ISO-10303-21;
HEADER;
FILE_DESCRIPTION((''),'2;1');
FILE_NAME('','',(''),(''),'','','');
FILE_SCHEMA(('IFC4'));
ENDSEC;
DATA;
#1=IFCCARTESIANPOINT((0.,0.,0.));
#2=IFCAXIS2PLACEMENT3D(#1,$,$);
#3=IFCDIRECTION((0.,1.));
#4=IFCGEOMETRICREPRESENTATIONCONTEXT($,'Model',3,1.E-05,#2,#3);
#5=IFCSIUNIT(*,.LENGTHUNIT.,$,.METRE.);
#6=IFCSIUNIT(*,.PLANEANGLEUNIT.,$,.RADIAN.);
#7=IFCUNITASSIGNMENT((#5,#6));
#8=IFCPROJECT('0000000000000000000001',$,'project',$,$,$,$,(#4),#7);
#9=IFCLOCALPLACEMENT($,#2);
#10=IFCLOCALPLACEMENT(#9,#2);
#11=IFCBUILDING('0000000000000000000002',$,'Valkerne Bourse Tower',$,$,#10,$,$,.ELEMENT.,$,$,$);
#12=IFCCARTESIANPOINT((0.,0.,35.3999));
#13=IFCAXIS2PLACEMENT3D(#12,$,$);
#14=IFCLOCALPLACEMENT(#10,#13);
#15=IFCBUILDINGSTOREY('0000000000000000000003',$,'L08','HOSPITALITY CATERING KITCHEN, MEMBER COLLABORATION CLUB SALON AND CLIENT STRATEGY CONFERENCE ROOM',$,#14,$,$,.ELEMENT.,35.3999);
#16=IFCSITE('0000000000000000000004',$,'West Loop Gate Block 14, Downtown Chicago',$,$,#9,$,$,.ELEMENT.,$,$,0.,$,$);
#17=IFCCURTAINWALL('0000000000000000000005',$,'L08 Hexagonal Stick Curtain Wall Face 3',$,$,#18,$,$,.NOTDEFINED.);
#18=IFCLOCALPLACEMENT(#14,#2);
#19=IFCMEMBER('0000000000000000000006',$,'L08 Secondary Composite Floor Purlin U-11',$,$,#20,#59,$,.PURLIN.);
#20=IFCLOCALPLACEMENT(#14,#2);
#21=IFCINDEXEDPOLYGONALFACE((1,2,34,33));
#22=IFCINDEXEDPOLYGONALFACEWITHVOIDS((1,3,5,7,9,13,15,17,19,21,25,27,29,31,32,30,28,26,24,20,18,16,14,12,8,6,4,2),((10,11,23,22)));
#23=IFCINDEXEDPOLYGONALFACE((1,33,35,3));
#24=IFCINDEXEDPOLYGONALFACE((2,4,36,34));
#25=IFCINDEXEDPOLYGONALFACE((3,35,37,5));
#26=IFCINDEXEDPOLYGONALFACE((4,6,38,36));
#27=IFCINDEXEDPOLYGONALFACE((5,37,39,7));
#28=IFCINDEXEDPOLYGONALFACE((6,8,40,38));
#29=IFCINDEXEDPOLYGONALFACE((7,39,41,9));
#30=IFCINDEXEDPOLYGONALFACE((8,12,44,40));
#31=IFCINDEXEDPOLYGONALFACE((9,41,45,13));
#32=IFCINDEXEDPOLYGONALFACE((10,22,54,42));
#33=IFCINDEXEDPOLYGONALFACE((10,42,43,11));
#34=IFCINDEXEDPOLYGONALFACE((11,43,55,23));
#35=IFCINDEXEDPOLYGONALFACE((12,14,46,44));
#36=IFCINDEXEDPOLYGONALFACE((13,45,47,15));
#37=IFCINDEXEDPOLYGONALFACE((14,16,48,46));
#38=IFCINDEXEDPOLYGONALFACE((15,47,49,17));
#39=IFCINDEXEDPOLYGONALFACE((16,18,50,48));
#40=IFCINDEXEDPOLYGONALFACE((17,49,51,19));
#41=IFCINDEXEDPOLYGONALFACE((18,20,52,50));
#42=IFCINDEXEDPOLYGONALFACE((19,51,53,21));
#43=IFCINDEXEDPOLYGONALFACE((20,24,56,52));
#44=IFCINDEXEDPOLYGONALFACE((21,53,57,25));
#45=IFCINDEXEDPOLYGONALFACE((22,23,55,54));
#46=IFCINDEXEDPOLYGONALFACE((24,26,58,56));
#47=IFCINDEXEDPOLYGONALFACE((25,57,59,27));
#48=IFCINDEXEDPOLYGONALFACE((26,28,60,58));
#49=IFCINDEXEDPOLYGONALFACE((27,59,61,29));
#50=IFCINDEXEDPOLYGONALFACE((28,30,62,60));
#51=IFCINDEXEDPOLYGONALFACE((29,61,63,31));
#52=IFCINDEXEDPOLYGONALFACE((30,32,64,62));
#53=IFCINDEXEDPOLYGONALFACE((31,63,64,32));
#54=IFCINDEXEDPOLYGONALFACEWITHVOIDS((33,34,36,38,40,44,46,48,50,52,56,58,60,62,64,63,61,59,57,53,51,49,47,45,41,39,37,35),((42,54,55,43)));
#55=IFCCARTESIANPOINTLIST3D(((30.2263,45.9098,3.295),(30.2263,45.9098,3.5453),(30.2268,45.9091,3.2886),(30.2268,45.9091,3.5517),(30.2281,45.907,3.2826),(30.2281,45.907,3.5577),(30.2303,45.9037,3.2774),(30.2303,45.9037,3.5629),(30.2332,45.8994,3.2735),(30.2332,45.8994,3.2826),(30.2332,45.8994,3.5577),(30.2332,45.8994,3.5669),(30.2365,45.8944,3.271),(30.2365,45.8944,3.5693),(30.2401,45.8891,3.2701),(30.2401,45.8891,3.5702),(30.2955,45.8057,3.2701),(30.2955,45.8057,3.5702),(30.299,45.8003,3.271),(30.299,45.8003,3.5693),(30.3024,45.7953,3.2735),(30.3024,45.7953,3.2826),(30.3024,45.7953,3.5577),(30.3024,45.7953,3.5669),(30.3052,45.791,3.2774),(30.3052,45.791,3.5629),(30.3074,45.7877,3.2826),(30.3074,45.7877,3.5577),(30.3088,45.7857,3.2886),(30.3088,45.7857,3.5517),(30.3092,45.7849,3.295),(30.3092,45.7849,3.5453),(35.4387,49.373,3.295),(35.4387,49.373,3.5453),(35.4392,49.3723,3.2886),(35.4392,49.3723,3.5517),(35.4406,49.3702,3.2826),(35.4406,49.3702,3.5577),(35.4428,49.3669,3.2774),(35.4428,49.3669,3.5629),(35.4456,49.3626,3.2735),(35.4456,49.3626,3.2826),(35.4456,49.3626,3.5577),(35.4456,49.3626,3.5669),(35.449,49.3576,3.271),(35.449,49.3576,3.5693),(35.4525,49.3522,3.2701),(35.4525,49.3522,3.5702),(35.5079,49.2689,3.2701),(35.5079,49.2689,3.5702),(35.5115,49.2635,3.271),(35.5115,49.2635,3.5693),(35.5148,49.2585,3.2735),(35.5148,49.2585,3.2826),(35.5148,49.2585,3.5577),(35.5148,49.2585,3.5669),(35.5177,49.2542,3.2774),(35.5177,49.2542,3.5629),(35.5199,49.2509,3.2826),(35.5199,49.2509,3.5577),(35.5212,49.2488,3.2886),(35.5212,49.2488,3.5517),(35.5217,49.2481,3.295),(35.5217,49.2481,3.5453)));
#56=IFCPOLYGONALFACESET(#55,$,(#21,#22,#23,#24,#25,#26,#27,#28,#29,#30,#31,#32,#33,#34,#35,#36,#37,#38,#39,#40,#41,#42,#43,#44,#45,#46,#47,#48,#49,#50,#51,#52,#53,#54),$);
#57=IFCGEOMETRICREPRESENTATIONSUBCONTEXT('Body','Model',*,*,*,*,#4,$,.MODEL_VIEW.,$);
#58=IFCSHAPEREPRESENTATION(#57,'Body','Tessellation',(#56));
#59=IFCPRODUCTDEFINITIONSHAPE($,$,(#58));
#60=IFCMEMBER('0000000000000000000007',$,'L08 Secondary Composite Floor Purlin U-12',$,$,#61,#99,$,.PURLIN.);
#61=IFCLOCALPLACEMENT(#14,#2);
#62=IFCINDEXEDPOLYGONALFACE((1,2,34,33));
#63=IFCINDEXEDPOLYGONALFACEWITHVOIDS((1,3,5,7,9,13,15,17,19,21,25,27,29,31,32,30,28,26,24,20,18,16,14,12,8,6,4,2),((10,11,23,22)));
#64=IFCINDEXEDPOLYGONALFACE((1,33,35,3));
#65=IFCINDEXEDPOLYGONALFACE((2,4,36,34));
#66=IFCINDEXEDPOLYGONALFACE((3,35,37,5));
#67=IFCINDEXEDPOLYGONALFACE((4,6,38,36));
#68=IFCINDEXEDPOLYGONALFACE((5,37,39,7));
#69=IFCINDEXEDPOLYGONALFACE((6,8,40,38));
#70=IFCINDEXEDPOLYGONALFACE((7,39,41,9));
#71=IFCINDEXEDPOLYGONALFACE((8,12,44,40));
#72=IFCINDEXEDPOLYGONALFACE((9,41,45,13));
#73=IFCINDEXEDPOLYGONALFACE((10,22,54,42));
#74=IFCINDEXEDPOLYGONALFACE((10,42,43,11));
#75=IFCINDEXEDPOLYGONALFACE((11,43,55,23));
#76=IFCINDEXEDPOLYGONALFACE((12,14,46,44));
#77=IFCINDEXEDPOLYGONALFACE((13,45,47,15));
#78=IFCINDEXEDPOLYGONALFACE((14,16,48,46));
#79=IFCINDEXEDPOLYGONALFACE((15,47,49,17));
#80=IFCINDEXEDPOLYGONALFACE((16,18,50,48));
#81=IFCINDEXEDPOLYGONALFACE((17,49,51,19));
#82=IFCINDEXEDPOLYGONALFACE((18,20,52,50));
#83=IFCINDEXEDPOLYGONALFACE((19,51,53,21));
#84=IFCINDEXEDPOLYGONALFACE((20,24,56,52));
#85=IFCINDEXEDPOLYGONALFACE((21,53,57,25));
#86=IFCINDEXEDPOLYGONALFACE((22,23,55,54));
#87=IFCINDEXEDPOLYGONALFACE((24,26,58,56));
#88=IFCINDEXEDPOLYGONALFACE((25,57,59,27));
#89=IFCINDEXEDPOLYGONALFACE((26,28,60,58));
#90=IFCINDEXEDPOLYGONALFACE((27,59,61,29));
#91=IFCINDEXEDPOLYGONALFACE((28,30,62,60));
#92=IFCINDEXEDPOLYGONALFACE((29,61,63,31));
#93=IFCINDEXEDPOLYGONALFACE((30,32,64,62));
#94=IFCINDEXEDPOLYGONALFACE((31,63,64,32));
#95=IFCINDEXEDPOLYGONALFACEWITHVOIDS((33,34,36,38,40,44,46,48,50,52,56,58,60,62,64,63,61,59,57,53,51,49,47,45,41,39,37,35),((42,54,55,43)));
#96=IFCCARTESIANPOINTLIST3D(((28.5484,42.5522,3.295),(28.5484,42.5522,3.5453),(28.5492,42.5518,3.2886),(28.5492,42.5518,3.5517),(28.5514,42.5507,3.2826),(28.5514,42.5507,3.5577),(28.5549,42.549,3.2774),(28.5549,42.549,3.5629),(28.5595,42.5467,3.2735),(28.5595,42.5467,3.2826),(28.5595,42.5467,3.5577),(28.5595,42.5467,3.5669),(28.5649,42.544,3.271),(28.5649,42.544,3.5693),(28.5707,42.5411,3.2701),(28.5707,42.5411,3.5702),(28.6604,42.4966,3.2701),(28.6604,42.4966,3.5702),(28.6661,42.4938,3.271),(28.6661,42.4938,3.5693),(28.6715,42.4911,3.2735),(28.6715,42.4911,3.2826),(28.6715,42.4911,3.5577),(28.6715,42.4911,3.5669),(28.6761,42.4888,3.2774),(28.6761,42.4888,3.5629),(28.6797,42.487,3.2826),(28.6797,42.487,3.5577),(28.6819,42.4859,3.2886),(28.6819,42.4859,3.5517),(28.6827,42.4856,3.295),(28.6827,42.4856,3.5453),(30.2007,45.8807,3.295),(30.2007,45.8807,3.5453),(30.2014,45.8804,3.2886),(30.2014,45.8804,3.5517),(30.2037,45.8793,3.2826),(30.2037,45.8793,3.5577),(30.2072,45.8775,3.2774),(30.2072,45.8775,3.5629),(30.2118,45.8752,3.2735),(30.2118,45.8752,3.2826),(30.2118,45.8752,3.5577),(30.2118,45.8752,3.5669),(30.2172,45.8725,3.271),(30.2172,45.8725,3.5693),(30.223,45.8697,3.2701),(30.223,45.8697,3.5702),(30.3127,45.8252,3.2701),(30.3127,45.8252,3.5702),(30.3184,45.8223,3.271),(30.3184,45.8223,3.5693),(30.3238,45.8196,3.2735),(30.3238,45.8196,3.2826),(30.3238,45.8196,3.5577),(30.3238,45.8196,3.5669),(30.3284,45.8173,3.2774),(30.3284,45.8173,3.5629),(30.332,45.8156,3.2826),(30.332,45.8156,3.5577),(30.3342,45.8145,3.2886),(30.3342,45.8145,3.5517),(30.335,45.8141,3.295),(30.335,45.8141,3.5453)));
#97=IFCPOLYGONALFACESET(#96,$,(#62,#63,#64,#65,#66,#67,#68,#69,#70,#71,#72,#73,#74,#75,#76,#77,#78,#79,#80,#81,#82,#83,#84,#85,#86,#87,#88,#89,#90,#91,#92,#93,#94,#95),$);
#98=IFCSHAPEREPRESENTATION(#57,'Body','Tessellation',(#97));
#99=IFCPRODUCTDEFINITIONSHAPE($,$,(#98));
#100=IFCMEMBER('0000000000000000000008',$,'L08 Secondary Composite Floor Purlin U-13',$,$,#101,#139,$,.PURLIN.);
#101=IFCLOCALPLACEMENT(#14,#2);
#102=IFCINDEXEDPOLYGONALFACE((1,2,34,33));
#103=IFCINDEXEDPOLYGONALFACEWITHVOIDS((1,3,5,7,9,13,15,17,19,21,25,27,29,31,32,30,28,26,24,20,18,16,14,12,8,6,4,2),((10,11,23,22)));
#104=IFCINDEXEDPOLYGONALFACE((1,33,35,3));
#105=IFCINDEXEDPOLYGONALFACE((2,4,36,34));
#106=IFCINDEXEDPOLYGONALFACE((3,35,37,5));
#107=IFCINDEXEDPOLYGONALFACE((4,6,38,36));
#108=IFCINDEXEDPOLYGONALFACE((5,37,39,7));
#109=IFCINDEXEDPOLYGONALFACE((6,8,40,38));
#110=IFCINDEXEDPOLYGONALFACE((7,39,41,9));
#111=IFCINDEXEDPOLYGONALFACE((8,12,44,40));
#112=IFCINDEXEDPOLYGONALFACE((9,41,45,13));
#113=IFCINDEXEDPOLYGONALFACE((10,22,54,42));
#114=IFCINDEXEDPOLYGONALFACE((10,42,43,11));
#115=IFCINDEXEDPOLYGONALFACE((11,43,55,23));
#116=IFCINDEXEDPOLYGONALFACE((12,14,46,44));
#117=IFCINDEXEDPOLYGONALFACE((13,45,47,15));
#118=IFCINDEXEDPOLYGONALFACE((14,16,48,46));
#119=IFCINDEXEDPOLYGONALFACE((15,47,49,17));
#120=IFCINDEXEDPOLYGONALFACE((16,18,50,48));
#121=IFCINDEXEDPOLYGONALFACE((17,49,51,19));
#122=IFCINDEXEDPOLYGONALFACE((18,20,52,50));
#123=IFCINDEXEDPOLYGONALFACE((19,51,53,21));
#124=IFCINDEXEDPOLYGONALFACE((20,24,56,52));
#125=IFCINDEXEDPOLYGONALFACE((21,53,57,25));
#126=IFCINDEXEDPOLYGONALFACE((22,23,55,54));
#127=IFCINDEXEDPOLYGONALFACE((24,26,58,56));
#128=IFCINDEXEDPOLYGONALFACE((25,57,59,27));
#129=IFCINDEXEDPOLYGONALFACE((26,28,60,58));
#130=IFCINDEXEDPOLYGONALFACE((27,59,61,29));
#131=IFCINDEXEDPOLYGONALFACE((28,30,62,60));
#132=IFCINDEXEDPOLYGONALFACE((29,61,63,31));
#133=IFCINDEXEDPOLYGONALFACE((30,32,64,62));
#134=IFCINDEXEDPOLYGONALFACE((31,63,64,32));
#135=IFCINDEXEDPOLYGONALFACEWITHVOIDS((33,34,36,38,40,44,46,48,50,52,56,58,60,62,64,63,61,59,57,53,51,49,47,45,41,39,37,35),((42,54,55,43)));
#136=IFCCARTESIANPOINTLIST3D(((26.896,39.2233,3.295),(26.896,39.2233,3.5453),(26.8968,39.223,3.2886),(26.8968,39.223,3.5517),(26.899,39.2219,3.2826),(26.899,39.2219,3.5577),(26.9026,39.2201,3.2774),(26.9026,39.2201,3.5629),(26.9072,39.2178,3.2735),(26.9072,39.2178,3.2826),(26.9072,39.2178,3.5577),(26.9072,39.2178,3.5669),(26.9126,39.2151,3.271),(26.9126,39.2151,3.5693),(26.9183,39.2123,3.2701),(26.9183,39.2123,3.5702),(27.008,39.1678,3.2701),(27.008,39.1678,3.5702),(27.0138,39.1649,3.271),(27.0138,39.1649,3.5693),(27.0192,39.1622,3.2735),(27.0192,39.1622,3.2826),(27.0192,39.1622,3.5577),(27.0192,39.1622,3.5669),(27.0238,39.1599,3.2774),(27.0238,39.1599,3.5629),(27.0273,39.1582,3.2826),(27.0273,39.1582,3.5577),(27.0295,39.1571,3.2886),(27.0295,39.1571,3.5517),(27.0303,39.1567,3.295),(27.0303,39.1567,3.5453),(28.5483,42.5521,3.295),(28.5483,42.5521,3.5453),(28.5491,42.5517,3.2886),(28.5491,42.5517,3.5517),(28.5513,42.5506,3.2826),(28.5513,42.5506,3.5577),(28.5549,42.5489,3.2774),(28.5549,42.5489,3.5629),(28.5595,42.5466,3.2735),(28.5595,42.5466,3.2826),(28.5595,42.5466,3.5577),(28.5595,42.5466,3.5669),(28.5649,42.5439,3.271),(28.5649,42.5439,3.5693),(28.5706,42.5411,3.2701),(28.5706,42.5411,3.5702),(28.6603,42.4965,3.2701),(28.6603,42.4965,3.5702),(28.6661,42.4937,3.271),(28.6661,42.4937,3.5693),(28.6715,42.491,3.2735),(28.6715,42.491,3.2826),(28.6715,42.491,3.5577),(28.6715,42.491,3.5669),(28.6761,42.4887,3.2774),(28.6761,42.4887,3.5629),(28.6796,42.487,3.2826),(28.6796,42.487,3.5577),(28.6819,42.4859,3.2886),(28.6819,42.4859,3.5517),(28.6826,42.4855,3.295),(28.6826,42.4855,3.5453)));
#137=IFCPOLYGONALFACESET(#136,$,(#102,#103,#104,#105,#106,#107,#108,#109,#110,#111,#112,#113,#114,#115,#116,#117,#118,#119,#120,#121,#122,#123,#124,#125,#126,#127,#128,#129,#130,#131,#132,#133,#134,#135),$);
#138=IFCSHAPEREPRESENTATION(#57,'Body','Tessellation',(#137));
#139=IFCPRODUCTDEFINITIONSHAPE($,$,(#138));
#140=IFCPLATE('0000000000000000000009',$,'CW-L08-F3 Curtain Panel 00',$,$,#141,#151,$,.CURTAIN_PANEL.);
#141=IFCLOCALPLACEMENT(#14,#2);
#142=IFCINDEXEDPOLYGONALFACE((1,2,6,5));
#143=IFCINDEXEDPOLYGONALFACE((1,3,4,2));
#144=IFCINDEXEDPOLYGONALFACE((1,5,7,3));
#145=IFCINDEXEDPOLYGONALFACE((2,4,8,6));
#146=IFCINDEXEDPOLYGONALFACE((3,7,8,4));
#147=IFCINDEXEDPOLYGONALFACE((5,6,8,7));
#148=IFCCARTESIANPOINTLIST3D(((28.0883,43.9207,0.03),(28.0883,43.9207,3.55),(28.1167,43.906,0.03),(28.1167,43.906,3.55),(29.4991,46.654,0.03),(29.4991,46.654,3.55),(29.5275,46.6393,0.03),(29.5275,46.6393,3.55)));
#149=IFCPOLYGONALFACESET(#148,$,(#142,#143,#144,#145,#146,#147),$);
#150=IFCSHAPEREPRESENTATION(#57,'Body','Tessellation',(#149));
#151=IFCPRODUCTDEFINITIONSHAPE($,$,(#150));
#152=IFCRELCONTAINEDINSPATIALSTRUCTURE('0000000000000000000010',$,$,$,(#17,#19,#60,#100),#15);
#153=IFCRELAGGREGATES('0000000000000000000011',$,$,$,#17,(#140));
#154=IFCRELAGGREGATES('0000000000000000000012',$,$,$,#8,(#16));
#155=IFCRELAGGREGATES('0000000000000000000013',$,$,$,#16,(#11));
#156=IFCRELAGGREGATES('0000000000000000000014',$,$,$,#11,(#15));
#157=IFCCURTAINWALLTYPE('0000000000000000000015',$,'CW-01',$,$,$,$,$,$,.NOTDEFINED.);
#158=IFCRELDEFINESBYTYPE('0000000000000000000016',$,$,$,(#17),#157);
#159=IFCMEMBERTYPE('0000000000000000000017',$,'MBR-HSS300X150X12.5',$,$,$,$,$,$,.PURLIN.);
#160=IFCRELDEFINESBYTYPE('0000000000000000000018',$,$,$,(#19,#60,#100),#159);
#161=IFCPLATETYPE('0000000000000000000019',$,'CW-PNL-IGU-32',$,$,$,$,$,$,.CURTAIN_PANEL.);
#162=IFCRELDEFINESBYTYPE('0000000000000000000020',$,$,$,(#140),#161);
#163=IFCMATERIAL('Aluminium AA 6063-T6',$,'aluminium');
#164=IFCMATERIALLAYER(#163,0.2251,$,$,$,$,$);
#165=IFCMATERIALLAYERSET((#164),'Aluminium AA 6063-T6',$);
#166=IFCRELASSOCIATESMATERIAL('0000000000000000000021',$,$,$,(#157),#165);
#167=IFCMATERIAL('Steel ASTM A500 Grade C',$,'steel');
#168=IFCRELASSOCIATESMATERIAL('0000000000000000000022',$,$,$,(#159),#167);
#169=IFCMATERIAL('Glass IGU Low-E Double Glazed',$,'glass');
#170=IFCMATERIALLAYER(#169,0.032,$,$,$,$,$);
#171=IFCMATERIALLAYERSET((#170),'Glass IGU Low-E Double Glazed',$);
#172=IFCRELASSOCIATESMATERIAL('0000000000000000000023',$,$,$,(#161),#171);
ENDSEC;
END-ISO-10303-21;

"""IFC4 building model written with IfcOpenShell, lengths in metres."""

from ifc_helpers import new_model, si_unit, direction, frame, origin, origin_2d, place, context, subcontext, project, spatial, rectangle, hollow_rectangle, extrude, material, layer, layer_set, material_profile, profile_set, type_object, element, aggregate, save


model = new_model("IFC4")

# Units and contexts
model_context = context("Model", 3, precision=1e-05, world=origin(), true_north=direction((0.0, 1.0)))
body_context = subcontext(model_context, "Body", "Model", "MODEL_VIEW")
ifc_project = project(units=[si_unit("LENGTHUNIT", "METRE"), si_unit("PLANEANGLEUNIT", "RADIAN")], contexts=[model_context])

# Site, building, storey
site_placement = place(None, origin())
site = spatial("IfcSite", under=ifc_project, at=site_placement, Name="West Loop Gate Block 14, Downtown Chicago", CompositionType="ELEMENT", RefElevation=0.0)
building_placement = place(site_placement, origin())
building = spatial("IfcBuilding", under=site, at=building_placement, Name="Valkerne Bourse Tower", CompositionType="ELEMENT")
storey_placement = place(building_placement, frame((0.0, 0.0, 35.3999)))
storey = spatial("IfcBuildingStorey", under=building, at=storey_placement, Name="L08", Description="HOSPITALITY CATERING KITCHEN, MEMBER COLLABORATION CLUB SALON AND CLIENT STRATEGY CONFERENCE ROOM", CompositionType="ELEMENT", Elevation=35.3999)

# Shared definitions
ifc_material_1 = material(Name="Aluminium AA 6063-T6", Category="aluminium")
ifc_layer_1 = layer(ifc_material_1, 0.2251)
ifc_layer_set_1 = layer_set([ifc_layer_1], Name="Aluminium AA 6063-T6")
curtain_wall_type = type_object("IfcCurtainWallType", Name="CW-01", PredefinedType="NOTDEFINED", material=ifc_layer_set_1)

# Curtain wall
curtain_wall_1_placement = place(storey_placement, origin())
curtain_wall_1 = element("IfcCurtainWall", 1, at=curtain_wall_1_placement, inside=storey, type_object=curtain_wall_type, Name="L08 Hexagonal Stick Curtain Wall Face 3", PredefinedType="NOTDEFINED")

# Members
ifc_material_2 = material(Name="Steel ASTM A500 Grade C", Category="steel")
ifc_material_profile_1 = material_profile(ifc_material_2, hollow_rectangle(XDim=0.1499, YDim=0.3, WallThickness=0.0125, OuterFilletRadius=0.0249, at=origin_2d()), Name="HSS300X150X12.5")
ifc_profile_set_1 = profile_set([ifc_material_profile_1], Name="Steel ASTM A500 Grade C")
member_type_1 = type_object("IfcMemberType", Name="MBR-HSS300X150X12.5", PredefinedType="PURLIN", material=ifc_profile_set_1)
member_1_placement = place(storey_placement, frame((35.4802, 49.3105, 3.4202), z_axis=(-0.83292, -0.553394, 0.0), x_axis=(0.553394, -0.83292, 0.0)))
element("IfcMember", 2, at=member_1_placement, inside=storey, type_object=member_type_1, Name="L08 Secondary Composite Floor Purlin U-11", PredefinedType="PURLIN", context=body_context, shape_type="SweptSolid", body=[
    extrude(hollow_rectangle(XDim=0.1499, YDim=0.3, WallThickness=0.0125, OuterFilletRadius=0.0249, at=origin_2d()), origin(), (0.0, 0.0, 1.0), 6.2581),
])
member_2_placement = place(storey_placement, frame((30.2678, 45.8474, 3.4202), z_axis=(-0.444636, -0.895711, 0.0), x_axis=(0.895711, -0.444636, 0.0)))
element("IfcMember", 3, at=member_2_placement, inside=storey, type_object=member_type_1, Name="L08 Secondary Composite Floor Purlin U-12", PredefinedType="PURLIN", context=body_context, shape_type="SweptSolid", body=[
    extrude(hollow_rectangle(XDim=0.1499, YDim=0.3, WallThickness=0.0125, OuterFilletRadius=0.0249, at=origin_2d()), origin(), (0.0, 0.0, 1.0), 3.7161),
])
member_3_placement = place(storey_placement, frame((28.6155, 42.5188, 3.4202), z_axis=(-0.44461, -0.895724, 0.0), x_axis=(0.895724, -0.44461, 0.0)))
element("IfcMember", 4, at=member_3_placement, inside=storey, type_object=member_type_1, Name="L08 Secondary Composite Floor Purlin U-13", PredefinedType="PURLIN", context=body_context, shape_type="SweptSolid", body=[
    extrude(hollow_rectangle(XDim=0.1499, YDim=0.3, WallThickness=0.0125, OuterFilletRadius=0.0249, at=origin_2d()), origin(), (0.0, 0.0, 1.0), 3.7163),
])

# Plate
ifc_material_3 = material(Name="Glass IGU Low-E Double Glazed", Category="glass")
ifc_layer_2 = layer(ifc_material_3, 0.032)
ifc_layer_set_2 = layer_set([ifc_layer_2], Name="Glass IGU Low-E Double Glazed")
plate_type = type_object("IfcPlateType", Name="CW-PNL-IGU-32", PredefinedType="CURTAIN_PANEL", material=ifc_layer_set_2)
plate_placement = place(storey_placement, frame((28.8079, 45.28, 0.03), z_axis=(0.0, 0.0, 1.0), x_axis=(-0.458658, -0.888613, 0.0)))
plate = element("IfcPlate", 5, at=plate_placement, type_object=plate_type, Name="CW-L08-F3 Curtain Panel 00", PredefinedType="CURTAIN_PANEL", context=body_context, shape_type="SweptSolid", body=[
    extrude(rectangle(XDim=3.0759, YDim=0.032, at=origin_2d()), origin(), (0.0, 0.0, 1.0), 3.52),
])
aggregate(curtain_wall_1, [plate])

save(model, "model.ifc")
